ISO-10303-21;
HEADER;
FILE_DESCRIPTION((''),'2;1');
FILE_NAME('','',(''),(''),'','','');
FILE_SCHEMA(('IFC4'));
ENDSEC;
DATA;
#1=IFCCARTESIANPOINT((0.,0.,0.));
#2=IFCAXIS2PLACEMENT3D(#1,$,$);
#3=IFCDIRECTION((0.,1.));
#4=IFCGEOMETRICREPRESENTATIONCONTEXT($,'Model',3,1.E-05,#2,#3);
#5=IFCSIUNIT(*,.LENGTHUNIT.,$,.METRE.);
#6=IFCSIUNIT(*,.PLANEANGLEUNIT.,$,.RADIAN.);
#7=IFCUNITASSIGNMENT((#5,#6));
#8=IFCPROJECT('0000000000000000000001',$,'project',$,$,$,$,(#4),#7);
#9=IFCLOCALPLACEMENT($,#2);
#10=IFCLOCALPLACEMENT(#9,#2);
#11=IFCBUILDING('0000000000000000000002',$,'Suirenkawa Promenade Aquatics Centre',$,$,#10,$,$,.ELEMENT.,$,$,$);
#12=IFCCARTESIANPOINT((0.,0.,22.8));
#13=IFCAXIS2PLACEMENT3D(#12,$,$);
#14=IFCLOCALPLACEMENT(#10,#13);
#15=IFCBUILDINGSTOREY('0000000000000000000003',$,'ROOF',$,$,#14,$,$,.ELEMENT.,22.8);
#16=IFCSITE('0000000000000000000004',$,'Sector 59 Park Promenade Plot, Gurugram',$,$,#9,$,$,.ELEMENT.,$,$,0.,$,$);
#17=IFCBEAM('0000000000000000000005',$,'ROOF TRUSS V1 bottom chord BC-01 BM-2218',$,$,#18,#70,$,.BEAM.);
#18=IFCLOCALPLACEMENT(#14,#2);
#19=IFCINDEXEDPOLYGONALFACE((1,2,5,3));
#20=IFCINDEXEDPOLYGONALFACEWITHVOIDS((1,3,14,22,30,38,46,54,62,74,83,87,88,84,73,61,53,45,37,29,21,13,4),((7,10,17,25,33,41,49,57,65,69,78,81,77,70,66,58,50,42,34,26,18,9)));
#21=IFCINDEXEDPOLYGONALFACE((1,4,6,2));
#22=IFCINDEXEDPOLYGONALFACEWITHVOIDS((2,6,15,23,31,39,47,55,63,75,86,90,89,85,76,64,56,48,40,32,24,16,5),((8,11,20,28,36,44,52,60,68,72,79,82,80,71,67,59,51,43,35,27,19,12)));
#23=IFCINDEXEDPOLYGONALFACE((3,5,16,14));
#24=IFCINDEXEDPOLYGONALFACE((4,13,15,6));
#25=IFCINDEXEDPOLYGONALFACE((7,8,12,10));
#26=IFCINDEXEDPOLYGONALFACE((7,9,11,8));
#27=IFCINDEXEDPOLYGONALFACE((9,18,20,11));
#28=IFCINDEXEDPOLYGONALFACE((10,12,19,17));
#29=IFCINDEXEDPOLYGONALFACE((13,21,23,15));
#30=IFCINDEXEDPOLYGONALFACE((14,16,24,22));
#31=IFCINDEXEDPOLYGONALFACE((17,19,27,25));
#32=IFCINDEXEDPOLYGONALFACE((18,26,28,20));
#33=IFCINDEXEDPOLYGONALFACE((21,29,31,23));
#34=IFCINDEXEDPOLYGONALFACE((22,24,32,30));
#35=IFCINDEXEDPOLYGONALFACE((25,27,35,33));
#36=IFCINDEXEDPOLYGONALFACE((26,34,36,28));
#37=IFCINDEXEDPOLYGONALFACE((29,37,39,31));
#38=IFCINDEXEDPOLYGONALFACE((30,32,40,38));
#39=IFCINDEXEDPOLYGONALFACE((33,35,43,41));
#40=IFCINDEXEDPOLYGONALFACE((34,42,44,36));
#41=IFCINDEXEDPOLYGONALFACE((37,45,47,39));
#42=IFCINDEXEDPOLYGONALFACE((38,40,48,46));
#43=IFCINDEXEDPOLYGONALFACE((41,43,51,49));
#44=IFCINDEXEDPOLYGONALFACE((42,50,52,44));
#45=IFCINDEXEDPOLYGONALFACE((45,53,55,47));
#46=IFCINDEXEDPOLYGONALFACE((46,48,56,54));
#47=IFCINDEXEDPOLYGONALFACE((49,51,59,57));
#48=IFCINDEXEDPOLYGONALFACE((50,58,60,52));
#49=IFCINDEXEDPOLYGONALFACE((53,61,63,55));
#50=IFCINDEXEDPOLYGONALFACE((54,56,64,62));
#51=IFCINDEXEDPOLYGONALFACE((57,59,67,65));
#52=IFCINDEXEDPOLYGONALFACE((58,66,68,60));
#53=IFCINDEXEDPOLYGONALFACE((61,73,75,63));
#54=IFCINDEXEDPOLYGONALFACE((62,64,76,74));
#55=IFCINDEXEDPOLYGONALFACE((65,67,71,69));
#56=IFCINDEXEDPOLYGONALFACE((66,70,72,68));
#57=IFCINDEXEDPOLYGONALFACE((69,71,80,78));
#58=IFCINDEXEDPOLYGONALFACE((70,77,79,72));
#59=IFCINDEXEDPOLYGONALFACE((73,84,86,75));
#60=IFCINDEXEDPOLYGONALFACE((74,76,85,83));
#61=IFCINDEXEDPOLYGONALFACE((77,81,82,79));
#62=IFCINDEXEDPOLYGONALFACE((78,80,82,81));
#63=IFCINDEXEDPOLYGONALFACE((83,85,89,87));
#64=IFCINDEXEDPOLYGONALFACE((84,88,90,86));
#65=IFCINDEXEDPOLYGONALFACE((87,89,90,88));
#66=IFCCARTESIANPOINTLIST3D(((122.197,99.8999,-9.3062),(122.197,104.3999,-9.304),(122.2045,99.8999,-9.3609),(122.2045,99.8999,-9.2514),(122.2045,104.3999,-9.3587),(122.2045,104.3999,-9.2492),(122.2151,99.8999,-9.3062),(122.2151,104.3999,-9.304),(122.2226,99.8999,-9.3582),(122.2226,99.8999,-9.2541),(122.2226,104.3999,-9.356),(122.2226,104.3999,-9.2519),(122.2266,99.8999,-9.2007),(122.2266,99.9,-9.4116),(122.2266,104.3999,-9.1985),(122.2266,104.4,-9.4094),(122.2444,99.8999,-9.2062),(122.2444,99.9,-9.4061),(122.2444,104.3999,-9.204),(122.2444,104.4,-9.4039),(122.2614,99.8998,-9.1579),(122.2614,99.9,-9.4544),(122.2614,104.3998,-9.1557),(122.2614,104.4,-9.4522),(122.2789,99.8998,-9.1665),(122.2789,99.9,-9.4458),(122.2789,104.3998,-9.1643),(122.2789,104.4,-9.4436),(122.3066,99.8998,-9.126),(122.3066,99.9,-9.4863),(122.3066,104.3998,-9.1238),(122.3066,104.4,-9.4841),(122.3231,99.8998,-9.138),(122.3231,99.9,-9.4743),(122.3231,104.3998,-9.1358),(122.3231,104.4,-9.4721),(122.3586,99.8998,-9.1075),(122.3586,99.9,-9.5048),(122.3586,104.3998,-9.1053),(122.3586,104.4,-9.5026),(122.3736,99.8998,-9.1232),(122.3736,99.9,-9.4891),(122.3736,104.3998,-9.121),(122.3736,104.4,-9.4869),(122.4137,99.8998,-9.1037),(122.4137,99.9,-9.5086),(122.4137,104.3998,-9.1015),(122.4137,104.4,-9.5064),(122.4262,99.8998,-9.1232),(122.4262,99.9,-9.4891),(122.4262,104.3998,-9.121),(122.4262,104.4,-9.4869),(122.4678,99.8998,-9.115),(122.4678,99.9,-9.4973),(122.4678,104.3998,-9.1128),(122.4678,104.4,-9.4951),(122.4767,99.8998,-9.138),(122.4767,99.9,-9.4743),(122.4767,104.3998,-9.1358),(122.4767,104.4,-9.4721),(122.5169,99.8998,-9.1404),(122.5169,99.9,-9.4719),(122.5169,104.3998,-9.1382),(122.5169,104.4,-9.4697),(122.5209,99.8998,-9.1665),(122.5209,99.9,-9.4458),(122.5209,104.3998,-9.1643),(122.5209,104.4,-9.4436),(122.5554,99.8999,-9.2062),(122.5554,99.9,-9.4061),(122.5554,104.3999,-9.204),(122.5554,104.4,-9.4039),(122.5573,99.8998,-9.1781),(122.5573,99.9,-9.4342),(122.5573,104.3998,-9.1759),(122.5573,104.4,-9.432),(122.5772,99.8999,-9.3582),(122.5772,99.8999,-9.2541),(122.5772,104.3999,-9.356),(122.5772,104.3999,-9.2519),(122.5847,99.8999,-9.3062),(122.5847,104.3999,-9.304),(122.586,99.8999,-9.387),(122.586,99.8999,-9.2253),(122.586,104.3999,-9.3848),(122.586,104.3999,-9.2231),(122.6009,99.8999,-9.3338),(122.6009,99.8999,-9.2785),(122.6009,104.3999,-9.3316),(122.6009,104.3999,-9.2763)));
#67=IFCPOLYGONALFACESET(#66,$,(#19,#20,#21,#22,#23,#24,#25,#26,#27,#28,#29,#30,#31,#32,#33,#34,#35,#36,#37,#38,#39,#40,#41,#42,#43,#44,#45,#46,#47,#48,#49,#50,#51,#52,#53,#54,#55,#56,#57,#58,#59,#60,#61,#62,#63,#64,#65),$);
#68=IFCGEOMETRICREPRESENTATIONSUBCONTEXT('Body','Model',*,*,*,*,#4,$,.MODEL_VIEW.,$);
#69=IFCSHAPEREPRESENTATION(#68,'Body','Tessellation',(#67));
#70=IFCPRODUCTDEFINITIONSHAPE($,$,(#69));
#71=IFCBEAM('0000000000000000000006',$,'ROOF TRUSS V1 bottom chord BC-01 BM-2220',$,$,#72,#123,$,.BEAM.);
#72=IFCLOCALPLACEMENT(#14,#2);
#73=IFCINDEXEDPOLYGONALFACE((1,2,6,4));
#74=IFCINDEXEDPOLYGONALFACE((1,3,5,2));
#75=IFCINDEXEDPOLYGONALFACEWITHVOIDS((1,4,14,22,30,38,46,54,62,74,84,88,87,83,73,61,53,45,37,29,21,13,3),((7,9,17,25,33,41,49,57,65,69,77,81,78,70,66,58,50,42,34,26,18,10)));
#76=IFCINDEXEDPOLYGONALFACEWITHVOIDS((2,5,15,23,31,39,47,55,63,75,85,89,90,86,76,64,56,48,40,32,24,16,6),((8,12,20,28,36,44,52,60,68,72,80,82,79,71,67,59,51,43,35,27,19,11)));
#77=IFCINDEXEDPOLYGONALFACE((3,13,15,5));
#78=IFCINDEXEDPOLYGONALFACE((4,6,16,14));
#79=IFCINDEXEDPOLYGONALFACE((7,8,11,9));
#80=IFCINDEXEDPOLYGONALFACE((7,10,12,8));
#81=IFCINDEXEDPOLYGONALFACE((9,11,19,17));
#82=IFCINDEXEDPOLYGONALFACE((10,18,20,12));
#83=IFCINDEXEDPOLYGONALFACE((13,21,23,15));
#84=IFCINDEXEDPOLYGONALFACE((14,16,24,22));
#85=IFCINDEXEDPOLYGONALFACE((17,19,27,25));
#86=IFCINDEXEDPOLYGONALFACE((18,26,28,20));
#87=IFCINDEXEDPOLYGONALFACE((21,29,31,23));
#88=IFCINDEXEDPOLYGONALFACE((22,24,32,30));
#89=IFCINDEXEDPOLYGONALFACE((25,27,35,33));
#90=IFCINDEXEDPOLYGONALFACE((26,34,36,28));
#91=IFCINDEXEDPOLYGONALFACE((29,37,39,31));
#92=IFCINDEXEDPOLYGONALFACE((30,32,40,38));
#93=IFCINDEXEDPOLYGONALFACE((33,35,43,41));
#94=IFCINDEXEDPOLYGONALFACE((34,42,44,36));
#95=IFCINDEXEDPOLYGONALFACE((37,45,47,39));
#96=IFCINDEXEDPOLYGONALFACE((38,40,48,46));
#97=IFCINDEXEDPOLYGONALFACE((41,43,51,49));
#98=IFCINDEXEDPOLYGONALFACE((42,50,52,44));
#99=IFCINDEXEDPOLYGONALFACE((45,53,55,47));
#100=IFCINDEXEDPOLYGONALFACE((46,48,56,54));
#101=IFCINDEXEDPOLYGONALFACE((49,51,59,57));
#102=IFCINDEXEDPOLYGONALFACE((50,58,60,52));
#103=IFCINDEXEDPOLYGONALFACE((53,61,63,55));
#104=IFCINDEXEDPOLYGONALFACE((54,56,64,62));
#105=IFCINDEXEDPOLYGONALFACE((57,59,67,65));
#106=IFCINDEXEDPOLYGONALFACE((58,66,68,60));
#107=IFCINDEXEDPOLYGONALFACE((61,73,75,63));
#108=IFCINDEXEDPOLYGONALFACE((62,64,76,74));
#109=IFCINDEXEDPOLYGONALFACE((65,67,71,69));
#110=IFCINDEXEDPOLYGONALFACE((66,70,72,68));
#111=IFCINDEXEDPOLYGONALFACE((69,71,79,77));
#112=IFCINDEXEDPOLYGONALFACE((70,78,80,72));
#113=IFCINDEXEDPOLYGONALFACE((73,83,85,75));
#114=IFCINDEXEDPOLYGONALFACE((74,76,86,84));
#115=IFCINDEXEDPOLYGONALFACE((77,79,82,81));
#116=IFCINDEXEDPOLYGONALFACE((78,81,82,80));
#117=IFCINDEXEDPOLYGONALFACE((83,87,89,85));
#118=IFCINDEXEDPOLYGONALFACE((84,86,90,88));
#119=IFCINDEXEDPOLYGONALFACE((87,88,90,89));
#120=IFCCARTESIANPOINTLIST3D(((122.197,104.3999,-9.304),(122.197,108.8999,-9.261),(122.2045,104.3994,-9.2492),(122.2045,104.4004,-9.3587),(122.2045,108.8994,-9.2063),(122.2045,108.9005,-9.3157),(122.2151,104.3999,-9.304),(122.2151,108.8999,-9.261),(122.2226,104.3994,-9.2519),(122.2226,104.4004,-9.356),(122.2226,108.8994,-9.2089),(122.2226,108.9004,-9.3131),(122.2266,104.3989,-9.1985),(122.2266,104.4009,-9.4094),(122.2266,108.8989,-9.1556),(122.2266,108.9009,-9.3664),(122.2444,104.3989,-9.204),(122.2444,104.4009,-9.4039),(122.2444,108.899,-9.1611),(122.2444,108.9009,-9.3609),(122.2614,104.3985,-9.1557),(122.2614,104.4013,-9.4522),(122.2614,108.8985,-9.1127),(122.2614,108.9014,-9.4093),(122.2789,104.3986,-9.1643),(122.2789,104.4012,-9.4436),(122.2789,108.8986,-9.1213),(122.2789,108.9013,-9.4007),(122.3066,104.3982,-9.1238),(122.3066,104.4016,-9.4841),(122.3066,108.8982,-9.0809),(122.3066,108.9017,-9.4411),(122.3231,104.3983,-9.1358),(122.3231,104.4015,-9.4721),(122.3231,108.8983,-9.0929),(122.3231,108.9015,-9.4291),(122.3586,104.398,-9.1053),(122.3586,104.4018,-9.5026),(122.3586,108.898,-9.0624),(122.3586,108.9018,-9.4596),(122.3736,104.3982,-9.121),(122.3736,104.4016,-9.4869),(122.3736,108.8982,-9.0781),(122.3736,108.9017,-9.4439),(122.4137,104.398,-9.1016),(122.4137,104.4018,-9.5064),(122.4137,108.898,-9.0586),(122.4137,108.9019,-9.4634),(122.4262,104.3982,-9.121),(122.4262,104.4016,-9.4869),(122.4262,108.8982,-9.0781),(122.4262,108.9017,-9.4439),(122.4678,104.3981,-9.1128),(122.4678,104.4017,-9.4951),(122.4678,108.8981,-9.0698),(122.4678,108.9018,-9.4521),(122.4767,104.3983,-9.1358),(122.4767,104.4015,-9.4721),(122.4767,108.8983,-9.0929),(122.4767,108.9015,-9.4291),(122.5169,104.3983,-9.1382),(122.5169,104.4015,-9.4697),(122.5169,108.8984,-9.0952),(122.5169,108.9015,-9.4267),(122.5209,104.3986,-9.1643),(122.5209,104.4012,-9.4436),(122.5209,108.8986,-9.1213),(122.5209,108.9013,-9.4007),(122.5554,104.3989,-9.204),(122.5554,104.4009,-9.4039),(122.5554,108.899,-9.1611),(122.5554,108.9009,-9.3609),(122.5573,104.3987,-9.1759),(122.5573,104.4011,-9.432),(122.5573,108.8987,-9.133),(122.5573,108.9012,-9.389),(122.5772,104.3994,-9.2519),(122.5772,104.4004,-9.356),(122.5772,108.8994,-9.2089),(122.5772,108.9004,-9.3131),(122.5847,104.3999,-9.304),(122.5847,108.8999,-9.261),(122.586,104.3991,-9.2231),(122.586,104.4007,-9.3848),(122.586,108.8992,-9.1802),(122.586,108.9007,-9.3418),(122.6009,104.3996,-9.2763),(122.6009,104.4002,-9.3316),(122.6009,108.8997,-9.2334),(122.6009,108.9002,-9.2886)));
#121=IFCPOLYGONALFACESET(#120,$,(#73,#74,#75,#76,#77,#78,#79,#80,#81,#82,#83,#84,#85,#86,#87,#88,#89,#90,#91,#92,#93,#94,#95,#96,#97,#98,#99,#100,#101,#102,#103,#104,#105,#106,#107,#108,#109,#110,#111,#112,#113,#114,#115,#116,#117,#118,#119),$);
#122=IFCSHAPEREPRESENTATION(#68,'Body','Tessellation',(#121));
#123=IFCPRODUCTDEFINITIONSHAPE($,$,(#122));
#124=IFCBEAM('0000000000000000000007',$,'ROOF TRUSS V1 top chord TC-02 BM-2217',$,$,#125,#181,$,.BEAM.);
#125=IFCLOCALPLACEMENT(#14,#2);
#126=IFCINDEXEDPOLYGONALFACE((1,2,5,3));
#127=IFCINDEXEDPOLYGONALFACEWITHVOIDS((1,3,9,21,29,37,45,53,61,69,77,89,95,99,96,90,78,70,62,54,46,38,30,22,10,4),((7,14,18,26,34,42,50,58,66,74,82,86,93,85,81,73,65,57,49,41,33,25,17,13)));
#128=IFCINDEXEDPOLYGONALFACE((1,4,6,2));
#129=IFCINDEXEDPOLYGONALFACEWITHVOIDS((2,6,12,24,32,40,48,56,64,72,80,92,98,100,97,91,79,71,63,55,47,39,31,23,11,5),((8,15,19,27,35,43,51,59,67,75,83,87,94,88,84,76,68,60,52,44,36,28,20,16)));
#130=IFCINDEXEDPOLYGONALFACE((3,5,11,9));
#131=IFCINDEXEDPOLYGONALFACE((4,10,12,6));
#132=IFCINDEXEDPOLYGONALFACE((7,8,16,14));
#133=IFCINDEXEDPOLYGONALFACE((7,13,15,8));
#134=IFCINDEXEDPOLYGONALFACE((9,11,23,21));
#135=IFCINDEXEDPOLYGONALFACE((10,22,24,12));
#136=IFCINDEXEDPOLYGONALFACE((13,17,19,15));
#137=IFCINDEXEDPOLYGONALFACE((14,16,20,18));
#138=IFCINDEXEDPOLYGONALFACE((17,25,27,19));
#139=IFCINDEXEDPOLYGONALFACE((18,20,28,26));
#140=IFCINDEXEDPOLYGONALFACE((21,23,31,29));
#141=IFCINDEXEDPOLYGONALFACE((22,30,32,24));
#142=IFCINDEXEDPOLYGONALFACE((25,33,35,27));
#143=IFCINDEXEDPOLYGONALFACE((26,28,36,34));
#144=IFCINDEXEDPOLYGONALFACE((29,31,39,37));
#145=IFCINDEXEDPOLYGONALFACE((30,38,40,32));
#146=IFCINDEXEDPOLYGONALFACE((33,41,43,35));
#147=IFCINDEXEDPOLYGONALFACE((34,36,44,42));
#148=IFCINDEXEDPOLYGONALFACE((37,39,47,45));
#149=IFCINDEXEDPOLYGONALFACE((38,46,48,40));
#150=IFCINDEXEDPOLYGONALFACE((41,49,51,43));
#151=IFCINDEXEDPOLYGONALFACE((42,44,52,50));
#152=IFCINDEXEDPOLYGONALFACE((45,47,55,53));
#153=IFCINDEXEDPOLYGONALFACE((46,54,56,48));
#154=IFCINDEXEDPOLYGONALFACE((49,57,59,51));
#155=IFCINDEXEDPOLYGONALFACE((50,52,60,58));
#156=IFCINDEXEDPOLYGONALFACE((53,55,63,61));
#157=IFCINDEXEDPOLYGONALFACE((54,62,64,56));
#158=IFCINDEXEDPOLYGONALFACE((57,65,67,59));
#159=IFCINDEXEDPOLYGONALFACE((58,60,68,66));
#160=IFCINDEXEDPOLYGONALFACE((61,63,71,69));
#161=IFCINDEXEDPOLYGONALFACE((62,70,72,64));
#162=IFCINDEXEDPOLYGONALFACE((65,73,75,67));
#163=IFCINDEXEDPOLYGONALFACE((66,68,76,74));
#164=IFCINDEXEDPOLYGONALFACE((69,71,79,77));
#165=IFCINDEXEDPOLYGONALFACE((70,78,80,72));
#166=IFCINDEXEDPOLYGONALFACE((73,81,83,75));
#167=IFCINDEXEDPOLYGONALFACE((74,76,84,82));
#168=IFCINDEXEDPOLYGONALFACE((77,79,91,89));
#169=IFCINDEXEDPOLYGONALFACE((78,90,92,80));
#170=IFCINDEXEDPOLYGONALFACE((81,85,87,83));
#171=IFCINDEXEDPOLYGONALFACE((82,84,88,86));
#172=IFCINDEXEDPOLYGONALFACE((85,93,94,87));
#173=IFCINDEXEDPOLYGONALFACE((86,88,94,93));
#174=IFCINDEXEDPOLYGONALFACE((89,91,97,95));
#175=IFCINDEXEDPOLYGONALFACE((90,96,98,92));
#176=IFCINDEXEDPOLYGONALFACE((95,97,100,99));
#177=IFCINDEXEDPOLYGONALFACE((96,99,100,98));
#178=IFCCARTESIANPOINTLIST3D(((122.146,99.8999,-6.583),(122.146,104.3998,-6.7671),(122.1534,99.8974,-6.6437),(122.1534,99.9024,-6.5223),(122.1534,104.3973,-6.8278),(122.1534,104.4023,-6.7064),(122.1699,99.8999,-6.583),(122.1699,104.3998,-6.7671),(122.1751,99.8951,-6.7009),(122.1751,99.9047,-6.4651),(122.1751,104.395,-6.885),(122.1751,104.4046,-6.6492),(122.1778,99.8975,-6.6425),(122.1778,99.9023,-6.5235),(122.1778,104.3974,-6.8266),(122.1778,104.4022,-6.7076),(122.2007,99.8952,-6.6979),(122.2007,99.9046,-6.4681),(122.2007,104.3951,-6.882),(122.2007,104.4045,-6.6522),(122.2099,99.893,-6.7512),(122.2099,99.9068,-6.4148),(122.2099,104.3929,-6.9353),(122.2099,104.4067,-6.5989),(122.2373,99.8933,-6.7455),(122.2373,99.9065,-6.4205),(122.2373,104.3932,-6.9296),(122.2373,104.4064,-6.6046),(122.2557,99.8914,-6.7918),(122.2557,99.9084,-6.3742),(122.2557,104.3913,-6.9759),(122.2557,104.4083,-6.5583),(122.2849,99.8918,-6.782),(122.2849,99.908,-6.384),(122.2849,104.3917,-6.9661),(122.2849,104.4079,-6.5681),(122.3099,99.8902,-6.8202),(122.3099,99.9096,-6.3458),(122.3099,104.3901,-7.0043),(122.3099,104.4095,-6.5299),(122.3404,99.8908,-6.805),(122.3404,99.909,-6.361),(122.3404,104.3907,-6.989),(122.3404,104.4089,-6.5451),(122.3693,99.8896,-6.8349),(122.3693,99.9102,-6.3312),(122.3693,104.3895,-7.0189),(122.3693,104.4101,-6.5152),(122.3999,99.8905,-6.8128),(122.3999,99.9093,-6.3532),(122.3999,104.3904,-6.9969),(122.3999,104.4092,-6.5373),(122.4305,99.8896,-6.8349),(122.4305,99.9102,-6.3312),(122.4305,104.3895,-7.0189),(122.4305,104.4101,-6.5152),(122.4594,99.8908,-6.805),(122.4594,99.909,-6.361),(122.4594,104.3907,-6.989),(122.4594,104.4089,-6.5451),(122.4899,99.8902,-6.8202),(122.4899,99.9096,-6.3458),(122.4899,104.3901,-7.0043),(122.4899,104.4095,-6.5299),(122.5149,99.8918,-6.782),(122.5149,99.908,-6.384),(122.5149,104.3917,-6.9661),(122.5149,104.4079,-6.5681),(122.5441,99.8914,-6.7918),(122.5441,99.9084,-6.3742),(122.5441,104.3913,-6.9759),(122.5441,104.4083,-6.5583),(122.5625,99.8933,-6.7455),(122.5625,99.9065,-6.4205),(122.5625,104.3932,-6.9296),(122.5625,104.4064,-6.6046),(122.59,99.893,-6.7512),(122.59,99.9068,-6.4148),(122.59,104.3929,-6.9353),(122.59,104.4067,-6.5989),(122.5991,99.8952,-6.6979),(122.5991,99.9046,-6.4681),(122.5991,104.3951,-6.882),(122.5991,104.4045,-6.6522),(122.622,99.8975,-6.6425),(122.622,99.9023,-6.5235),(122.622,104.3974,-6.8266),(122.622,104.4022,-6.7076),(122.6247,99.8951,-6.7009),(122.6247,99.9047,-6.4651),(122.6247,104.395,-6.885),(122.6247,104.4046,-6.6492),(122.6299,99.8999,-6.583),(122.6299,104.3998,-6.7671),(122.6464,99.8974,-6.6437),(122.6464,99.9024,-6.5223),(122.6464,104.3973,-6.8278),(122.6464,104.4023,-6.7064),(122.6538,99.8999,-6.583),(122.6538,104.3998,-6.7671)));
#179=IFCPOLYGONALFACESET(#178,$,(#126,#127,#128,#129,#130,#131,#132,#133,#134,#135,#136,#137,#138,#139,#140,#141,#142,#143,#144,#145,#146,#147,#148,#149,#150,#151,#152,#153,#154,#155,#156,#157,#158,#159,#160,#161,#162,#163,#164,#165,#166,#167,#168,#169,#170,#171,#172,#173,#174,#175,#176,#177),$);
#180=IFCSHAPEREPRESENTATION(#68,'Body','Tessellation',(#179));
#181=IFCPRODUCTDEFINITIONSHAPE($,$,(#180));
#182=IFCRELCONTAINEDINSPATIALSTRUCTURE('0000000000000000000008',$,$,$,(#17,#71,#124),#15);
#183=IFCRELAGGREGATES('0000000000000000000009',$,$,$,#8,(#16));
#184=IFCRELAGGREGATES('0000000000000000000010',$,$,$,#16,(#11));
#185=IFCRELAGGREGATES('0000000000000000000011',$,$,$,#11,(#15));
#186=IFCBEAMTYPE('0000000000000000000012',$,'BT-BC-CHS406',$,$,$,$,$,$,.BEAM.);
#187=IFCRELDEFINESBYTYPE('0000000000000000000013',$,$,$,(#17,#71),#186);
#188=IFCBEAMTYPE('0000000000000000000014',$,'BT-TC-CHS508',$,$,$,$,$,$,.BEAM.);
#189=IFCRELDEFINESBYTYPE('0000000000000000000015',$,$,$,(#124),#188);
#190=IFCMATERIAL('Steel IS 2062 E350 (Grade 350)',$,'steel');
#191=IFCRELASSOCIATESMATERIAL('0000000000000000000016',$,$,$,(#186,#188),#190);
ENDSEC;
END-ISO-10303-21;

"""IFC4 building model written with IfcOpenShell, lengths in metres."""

from ifc_helpers import new_model, si_unit, direction, frame, origin, origin_2d, place, context, subcontext, project, spatial, hollow_circle, extrude, material, material_profile, profile_set, type_object, element, save


model = new_model("IFC4")

# Units and contexts
model_context = context("Model", 3, precision=1e-05, world=origin(), true_north=direction((0.0, 1.0)))
body_context = subcontext(model_context, "Body", "Model", "MODEL_VIEW")
ifc_project = project(units=[si_unit("LENGTHUNIT", "METRE"), si_unit("PLANEANGLEUNIT", "RADIAN")], contexts=[model_context])

# Site, building, storey
site_placement = place(None, origin())
site = spatial("IfcSite", under=ifc_project, at=site_placement, Name="Sector 59 Park Promenade Plot, Gurugram", CompositionType="ELEMENT", RefElevation=0.0)
building_placement = place(site_placement, origin())
building = spatial("IfcBuilding", under=site, at=building_placement, Name="Suirenkawa Promenade Aquatics Centre", CompositionType="ELEMENT")
storey_placement = place(building_placement, frame((0.0, 0.0, 22.8)))
storey = spatial("IfcBuildingStorey", under=building, at=storey_placement, Name="ROOF", CompositionType="ELEMENT", Elevation=22.8)

# Beams
ifc_material = material(Name="Steel IS 2062 E350 (Grade 350)", Category="steel")
ifc_material_profile_1 = material_profile(ifc_material, hollow_circle(Radius=0.2029, WallThickness=0.0181, at=origin_2d()), Name="CHS 406x18", Category="steel")
ifc_profile_set_1 = profile_set([ifc_material_profile_1], Name="Steel IS 2062 E350 (Grade 350)")
beam_type_1 = type_object("IfcBeamType", Name="BT-BC-CHS406", PredefinedType="BEAM", material=ifc_profile_set_1)
beam_1_placement = place(storey_placement, frame((122.3999, 99.8999, -9.3062), z_axis=(0.0, 1.0, 0.000488), x_axis=(-1.0, 0.0, 0.0)))
element("IfcBeam", 1, at=beam_1_placement, inside=storey, type_object=beam_type_1, Name="ROOF TRUSS V1 bottom chord BC-01 BM-2218", PredefinedType="BEAM", context=body_context, shape_type="SweptSolid", body=[
    extrude(hollow_circle(Radius=0.2029, WallThickness=0.0181, at=origin_2d()), origin(), (0.0, 0.0, 1.0), 4.5),
])
beam_2_placement = place(storey_placement, frame((122.3999, 104.3999, -9.304), z_axis=(0.0, 0.999954, 0.009548), x_axis=(-1.0, 0.0, 0.0)))
element("IfcBeam", 2, at=beam_2_placement, inside=storey, type_object=beam_type_1, Name="ROOF TRUSS V1 bottom chord BC-01 BM-2220", PredefinedType="BEAM", context=body_context, shape_type="SweptSolid", body=[
    extrude(hollow_circle(Radius=0.2029, WallThickness=0.0181, at=origin_2d()), origin(), (0.0, 0.0, 1.0), 4.5002),
])
ifc_material_profile_2 = material_profile(ifc_material, hollow_circle(Radius=0.2539, WallThickness=0.0239, at=origin_2d()), Name="CHS 508x24", Category="steel")
ifc_profile_set_2 = profile_set([ifc_material_profile_2], Name="Steel IS 2062 E350 (Grade 350)")
beam_type_2 = type_object("IfcBeamType", Name="BT-TC-CHS508", PredefinedType="BEAM", material=ifc_profile_set_2)
for number, where, z_axis, x_axis, name in (
    (3, (122.3999, 99.8999, -6.583), (0.0, 0.999164, -0.040873), (-1.0, 0.0, 0.0), "ROOF TRUSS V1 top chord TC-02 BM-2217"),
):
    element("IfcBeam", number, at=place(storey_placement, frame(where, z_axis=z_axis, x_axis=x_axis)), inside=storey, type_object=beam_type_2, Name=name, PredefinedType="BEAM", context=body_context, shape_type="SweptSolid", body=[
        extrude(hollow_circle(Radius=0.2539, WallThickness=0.0239, at=origin_2d()), origin(), (0.0, 0.0, 1.0), 4.5037),
    ])

save(model, "model.ifc")
